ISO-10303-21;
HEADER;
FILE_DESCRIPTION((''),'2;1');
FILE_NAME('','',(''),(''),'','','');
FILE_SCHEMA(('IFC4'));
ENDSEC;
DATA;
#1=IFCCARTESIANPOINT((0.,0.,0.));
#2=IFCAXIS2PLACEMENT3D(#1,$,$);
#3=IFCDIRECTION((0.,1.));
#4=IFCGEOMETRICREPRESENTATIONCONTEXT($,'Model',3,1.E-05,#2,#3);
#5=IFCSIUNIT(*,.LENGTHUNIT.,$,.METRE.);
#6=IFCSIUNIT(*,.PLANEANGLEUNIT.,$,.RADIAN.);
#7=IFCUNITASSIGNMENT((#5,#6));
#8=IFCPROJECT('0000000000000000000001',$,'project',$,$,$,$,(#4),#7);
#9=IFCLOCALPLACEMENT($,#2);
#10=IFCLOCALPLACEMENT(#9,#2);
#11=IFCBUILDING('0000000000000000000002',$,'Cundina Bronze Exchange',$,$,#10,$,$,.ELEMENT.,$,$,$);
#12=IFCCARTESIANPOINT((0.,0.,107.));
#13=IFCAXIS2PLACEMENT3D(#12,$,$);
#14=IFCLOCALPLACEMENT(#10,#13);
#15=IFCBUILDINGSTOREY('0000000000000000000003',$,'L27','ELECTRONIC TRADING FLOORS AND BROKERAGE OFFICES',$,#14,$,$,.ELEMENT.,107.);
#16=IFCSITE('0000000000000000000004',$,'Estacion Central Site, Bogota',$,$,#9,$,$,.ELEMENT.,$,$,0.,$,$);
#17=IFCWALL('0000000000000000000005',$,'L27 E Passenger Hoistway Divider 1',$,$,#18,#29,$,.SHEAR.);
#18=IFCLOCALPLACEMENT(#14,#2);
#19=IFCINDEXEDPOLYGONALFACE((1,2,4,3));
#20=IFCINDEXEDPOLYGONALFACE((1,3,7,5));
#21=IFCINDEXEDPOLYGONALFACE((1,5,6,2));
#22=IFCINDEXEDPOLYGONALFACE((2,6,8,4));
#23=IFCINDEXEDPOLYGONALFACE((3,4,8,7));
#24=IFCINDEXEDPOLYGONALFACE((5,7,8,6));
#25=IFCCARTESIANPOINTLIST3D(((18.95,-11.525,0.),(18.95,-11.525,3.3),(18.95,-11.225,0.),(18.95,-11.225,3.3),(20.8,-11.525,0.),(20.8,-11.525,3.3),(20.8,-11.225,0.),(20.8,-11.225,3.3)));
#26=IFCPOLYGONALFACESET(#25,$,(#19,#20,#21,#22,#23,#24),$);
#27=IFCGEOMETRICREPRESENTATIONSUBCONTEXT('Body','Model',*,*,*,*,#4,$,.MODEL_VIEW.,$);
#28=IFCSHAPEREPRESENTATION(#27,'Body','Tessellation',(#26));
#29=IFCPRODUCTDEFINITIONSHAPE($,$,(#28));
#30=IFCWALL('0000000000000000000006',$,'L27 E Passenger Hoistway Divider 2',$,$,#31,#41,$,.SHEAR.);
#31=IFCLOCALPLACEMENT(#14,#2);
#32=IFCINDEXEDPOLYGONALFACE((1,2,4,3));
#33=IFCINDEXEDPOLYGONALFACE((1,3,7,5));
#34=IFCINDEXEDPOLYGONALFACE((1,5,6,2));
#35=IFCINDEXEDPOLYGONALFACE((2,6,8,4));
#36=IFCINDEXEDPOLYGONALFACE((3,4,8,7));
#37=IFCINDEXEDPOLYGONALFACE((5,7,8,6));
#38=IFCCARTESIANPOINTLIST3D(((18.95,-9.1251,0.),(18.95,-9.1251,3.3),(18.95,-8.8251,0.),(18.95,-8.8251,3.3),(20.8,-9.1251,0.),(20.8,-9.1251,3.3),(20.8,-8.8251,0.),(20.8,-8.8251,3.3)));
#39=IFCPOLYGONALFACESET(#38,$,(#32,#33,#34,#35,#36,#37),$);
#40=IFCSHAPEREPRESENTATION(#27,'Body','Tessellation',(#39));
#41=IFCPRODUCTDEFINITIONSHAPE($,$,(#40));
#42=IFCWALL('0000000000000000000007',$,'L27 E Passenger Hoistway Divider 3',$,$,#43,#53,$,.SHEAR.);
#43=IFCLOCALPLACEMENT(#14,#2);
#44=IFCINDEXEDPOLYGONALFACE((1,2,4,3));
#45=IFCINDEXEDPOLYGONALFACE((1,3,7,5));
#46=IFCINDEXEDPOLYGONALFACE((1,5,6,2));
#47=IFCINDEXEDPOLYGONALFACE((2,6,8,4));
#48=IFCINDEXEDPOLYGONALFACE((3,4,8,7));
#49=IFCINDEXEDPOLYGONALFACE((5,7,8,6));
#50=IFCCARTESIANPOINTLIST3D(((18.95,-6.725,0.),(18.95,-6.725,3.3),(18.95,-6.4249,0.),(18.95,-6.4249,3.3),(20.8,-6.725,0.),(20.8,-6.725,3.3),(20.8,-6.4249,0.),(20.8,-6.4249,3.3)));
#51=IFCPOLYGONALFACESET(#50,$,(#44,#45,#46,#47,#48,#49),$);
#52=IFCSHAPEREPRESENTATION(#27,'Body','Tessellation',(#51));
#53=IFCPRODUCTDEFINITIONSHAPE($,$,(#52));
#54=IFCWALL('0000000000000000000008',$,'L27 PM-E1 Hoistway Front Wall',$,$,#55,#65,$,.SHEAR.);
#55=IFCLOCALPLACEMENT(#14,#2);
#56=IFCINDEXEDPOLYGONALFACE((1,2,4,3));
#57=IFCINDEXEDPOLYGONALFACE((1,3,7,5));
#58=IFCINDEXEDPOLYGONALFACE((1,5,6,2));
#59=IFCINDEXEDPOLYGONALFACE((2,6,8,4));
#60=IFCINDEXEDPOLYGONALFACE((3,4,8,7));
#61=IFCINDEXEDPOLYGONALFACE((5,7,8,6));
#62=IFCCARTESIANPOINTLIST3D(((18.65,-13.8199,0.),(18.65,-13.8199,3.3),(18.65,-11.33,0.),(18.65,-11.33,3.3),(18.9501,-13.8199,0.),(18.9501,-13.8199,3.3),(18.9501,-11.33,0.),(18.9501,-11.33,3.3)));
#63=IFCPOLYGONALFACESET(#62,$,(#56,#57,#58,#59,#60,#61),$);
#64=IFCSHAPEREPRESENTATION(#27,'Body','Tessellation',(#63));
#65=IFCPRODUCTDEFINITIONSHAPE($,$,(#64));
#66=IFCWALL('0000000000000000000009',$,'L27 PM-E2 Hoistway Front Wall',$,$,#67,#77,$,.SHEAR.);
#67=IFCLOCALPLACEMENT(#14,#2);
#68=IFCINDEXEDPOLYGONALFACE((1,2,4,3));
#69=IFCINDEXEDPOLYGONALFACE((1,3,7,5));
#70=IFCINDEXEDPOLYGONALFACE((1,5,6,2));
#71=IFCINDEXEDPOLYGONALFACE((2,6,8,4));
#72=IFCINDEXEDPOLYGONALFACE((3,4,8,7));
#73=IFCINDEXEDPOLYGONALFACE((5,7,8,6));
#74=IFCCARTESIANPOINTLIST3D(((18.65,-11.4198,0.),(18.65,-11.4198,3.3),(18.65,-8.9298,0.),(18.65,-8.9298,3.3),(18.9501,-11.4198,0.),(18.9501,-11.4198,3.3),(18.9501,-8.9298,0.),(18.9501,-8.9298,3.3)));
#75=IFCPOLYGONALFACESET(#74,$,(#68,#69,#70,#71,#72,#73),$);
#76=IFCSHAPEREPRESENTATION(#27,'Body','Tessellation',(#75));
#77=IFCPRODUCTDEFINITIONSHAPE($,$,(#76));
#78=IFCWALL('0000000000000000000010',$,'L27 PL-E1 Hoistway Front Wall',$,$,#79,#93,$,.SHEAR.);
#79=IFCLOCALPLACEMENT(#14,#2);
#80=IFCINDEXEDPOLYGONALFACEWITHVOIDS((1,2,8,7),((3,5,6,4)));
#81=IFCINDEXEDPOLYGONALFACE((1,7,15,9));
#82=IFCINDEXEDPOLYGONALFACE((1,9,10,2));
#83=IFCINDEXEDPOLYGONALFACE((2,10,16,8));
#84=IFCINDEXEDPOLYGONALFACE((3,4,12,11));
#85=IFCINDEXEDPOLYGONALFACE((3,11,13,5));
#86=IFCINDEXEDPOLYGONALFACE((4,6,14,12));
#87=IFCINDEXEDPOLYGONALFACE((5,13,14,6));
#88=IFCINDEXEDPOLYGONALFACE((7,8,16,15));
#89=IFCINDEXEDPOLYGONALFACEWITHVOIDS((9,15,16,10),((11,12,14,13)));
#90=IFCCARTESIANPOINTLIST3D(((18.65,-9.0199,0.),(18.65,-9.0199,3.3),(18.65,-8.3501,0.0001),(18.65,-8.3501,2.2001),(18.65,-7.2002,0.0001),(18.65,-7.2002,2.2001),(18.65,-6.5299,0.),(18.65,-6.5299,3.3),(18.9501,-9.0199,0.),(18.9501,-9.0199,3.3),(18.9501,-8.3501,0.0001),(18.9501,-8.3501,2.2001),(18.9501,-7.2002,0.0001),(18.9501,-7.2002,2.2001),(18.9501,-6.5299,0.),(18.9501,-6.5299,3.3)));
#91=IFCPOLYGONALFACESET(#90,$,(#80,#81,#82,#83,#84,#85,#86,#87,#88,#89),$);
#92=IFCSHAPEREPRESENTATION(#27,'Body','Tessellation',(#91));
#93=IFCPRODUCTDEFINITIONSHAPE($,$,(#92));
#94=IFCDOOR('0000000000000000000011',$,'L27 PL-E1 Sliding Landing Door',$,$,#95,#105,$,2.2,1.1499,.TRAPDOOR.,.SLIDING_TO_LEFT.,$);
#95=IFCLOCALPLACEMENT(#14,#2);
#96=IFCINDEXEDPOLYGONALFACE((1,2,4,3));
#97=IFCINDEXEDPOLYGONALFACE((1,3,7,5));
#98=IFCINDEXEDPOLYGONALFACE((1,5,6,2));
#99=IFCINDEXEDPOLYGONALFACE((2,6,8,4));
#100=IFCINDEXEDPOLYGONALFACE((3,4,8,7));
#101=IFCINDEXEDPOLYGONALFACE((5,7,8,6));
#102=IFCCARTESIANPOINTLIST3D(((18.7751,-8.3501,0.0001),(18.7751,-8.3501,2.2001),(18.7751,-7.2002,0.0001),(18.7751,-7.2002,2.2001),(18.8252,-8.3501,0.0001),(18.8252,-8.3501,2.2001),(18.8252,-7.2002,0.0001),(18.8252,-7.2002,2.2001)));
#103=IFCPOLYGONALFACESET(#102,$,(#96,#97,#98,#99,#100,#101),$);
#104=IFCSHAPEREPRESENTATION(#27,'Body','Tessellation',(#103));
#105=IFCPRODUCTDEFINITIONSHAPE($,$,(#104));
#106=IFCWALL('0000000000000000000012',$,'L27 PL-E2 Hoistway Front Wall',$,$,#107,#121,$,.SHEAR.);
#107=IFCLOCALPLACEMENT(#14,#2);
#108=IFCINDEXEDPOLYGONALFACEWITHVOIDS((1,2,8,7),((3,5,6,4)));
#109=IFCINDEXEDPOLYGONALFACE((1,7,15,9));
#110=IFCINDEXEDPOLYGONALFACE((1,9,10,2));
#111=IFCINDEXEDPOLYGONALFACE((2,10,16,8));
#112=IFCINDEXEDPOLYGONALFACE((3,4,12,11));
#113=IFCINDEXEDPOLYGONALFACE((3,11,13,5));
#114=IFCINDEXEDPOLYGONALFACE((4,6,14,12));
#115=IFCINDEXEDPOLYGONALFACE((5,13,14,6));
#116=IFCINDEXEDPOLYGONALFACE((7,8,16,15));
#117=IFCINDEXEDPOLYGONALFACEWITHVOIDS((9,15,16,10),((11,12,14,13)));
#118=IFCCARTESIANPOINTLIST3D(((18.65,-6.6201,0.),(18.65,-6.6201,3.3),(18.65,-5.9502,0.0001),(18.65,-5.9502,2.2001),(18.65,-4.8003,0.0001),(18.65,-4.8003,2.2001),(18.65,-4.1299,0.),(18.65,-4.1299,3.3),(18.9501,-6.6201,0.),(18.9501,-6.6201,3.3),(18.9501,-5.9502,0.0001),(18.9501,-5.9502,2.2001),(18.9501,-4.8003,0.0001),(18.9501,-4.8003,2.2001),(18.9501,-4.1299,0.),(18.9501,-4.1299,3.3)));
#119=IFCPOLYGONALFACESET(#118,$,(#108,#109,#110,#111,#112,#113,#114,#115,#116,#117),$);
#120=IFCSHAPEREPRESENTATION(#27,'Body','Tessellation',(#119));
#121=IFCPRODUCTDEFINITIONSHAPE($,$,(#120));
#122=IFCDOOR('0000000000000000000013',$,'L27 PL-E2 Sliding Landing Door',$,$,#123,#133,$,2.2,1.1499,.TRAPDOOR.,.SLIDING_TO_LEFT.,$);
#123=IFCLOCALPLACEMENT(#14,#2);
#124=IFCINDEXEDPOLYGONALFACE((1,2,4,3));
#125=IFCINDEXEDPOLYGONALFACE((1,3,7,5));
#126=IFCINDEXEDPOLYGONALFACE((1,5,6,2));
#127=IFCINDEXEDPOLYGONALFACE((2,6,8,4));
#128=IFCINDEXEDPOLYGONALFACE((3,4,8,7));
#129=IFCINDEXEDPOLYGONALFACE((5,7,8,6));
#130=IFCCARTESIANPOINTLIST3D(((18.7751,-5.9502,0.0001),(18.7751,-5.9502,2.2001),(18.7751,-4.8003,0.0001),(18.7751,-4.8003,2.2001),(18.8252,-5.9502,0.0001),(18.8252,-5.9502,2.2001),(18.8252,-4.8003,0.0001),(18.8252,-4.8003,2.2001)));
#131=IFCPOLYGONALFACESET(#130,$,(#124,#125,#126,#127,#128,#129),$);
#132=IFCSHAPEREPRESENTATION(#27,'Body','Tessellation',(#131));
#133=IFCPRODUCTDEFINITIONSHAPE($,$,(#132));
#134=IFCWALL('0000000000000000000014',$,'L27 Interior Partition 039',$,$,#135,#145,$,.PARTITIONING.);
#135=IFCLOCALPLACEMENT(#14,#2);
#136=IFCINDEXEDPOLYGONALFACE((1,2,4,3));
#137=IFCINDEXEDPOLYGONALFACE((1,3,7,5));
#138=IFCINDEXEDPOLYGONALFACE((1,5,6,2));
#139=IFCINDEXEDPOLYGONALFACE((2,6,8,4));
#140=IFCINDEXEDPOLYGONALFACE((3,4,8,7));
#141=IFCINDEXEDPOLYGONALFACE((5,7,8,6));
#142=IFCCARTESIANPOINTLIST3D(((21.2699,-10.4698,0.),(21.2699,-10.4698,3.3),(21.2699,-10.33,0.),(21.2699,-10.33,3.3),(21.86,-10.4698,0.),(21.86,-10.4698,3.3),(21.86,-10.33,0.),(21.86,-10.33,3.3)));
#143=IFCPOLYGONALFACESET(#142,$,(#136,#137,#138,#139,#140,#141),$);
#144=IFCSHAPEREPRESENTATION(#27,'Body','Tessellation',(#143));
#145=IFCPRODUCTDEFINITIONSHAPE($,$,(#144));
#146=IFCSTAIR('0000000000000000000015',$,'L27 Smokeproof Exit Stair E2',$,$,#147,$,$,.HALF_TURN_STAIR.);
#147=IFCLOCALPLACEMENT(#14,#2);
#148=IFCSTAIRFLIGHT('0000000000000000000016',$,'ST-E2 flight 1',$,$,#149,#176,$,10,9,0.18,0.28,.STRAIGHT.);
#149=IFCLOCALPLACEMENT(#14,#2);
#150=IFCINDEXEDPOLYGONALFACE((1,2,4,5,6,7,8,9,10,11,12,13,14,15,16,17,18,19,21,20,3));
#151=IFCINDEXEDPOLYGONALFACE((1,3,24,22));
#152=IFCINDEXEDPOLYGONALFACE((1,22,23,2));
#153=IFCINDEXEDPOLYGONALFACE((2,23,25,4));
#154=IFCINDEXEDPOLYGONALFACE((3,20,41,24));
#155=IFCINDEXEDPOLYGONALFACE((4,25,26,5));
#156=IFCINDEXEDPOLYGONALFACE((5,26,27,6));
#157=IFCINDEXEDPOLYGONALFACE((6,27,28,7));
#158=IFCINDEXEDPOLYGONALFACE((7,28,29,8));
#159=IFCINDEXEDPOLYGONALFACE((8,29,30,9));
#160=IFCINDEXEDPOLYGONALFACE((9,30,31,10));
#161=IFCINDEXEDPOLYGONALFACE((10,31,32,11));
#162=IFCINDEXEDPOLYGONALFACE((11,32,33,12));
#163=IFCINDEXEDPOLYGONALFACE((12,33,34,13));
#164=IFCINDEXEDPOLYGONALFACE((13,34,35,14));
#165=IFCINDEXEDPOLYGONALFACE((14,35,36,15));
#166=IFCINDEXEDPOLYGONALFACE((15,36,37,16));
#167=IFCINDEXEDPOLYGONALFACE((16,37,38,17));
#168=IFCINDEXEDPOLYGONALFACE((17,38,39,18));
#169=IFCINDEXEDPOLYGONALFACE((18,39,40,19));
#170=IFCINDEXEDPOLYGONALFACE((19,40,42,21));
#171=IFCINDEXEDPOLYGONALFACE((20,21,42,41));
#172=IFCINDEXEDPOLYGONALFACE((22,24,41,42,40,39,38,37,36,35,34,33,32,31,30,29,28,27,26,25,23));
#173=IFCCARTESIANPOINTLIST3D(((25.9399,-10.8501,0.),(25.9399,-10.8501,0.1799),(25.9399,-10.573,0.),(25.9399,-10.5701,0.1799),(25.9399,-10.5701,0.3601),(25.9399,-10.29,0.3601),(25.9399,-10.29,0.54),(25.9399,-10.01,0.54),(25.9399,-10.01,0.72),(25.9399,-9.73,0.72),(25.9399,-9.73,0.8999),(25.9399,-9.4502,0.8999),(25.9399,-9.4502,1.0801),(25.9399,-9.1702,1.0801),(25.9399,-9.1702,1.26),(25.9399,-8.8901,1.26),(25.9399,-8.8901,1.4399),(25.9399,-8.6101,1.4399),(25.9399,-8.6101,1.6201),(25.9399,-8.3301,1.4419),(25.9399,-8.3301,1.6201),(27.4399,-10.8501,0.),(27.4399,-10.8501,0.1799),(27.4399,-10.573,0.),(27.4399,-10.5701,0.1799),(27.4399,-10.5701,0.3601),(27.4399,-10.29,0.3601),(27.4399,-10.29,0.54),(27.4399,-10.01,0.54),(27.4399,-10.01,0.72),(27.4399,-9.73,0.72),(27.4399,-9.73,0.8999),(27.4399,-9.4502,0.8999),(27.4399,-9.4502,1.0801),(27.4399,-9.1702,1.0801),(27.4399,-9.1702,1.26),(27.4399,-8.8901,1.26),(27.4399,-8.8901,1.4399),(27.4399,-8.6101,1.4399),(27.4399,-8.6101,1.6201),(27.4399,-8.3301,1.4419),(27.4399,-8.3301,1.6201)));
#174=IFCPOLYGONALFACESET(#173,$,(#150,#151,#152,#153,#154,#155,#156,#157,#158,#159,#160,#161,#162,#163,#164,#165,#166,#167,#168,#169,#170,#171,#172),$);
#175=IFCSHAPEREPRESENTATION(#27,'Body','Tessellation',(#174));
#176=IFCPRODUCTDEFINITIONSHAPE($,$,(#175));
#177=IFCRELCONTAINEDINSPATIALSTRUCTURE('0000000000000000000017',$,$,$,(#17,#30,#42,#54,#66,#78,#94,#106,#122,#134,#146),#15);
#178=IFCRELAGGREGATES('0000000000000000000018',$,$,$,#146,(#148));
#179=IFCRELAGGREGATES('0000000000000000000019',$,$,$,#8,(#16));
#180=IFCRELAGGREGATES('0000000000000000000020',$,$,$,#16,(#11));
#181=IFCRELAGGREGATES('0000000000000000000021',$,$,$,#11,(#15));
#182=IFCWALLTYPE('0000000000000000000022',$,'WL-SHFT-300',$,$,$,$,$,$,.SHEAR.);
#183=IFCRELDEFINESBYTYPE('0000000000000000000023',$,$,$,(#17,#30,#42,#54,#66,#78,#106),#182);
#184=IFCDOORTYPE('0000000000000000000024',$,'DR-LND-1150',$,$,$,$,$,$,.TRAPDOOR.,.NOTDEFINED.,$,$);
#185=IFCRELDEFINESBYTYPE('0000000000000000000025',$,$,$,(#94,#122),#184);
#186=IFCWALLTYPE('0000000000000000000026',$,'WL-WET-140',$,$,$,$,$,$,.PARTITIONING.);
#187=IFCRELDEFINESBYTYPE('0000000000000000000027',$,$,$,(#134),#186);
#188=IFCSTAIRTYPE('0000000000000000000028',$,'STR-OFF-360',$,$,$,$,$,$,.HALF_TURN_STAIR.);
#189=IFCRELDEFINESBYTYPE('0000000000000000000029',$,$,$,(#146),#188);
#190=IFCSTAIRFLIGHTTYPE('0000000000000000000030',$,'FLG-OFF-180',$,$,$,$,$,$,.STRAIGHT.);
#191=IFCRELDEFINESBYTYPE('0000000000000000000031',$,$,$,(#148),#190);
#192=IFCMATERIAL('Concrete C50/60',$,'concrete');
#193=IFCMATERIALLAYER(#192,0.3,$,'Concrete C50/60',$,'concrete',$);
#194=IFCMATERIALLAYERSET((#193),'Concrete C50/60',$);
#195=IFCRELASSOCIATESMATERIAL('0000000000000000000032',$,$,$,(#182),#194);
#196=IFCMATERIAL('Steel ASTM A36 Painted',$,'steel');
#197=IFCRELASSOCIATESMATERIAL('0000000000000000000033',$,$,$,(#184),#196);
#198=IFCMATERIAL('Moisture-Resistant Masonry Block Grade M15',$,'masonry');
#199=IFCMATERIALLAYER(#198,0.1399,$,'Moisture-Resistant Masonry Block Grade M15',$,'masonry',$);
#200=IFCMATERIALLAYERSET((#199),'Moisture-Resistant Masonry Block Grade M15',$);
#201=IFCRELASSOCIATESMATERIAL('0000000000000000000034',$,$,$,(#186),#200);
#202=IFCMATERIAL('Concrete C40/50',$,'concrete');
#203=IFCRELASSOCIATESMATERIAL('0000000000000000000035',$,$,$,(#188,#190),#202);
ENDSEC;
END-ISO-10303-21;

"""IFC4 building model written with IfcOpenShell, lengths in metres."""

from ifc_helpers import new_model, si_unit, direction, frame, frame_2d, origin, place, context, subcontext, project, spatial, polyline, rectangle, outline, extrude, material, layer, layer_set, type_object, element, fill, aggregate, save


model = new_model("IFC4")

# Units and contexts
model_context = context("Model", 3, precision=1e-05, world=origin(), true_north=direction((0.0, 1.0)))
body_context = subcontext(model_context, "Body", "Model", "MODEL_VIEW")
ifc_project = project(units=[si_unit("LENGTHUNIT", "METRE"), si_unit("PLANEANGLEUNIT", "RADIAN")], contexts=[model_context])

# Site, building, storey
site_placement = place(None, origin())
site = spatial("IfcSite", under=ifc_project, at=site_placement, Name="Estacion Central Site, Bogota", CompositionType="ELEMENT", RefElevation=0.0)
building_placement = place(site_placement, origin())
building = spatial("IfcBuilding", under=site, at=building_placement, Name="Cundina Bronze Exchange", CompositionType="ELEMENT")
storey_placement = place(building_placement, frame((0.0, 0.0, 107.0)))
storey = spatial("IfcBuildingStorey", under=building, at=storey_placement, Name="L27", Description="ELECTRONIC TRADING FLOORS AND BROKERAGE OFFICES", CompositionType="ELEMENT", Elevation=107.0)

# Shared definitions
ifc_material_1 = material(Name="Concrete C50/60", Category="concrete")
ifc_layer_1 = layer(ifc_material_1, 0.3, Name="Concrete C50/60", Category="concrete")
ifc_layer_set_1 = layer_set([ifc_layer_1], Name="Concrete C50/60")
wall_type_1 = type_object("IfcWallType", Name="WL-SHFT-300", PredefinedType="SHEAR", material=ifc_layer_set_1)

# Shared definitions
ifc_material_2 = material(Name="Steel ASTM A36 Painted", Category="steel")
door_type_1 = type_object("IfcDoorType", Name="DR-LND-1150", OperationType="NOTDEFINED", PredefinedType="TRAPDOOR", material=ifc_material_2)

# Walls
for number, where, z_axis, x_axis, name in (
    (1, (18.95, -11.375, 0.0), (0.0, 0.0, 1.0), (1.0, 0.0, 0.0), "L27 E Passenger Hoistway Divider 1"),
    (2, (18.95, -8.9751, 0.0), (0.0, 0.0, 1.0), (1.0, 0.0, 0.0), "L27 E Passenger Hoistway Divider 2"),
    (3, (18.95, -6.575, 0.0), (0.0, 0.0, 1.0), (1.0, 0.0, 0.0), "L27 E Passenger Hoistway Divider 3"),
):
    element("IfcWall", number, at=place(storey_placement, frame(where, z_axis=z_axis, x_axis=x_axis)), inside=storey, type_object=wall_type_1, Name=name, PredefinedType="SHEAR", context=body_context, shape_type="SweptSolid", body=[
        extrude(rectangle(XDim=1.8501, YDim=0.3, at=frame_2d((0.925, 0.0))), origin(), (0.0, 0.0, 1.0), 3.3),
    ])
for number, where, z_axis, x_axis, name in (
    (4, (18.8, -13.8201, 0.0), (0.0, 0.0, 1.0), (0.0, 1.0, 0.0), "L27 PM-E1 Hoistway Front Wall"),
    (5, (18.8, -11.4199, 0.0), (0.0, 0.0, 1.0), (0.0, 1.0, 0.0), "L27 PM-E2 Hoistway Front Wall"),
):
    element("IfcWall", number, at=place(storey_placement, frame(where, z_axis=z_axis, x_axis=x_axis)), inside=storey, type_object=wall_type_1, Name=name, PredefinedType="SHEAR", context=body_context, shape_type="SweptSolid", body=[
        extrude(rectangle(XDim=2.49, YDim=0.3, at=frame_2d((1.2451, 0.0))), origin(), (0.0, 0.0, 1.0), 3.3),
    ])

# Walls, openings, doors
wall_1_placement = place(storey_placement, frame((18.8, -9.02, 0.0), z_axis=(0.0, 0.0, 1.0), x_axis=(0.0, 1.0, 0.0)))
wall_1 = element("IfcWall", 6, at=wall_1_placement, inside=storey, type_object=wall_type_1, Name="L27 PL-E1 Hoistway Front Wall", PredefinedType="SHEAR", context=body_context, shape_type="SweptSolid", body=[
    extrude(rectangle(XDim=2.49, YDim=0.3, at=frame_2d((1.2451, 0.0))), origin(), (0.0, 0.0, 1.0), 3.3),
])
opening_1_placement = place(wall_1_placement, frame((0.6699, 0.0, 0.0)))
opening_1 = element("IfcOpeningElement", 7, at=opening_1_placement, cuts=wall_1, PredefinedType="OPENING", context=body_context, shape_type="SweptSolid", body=[
    extrude(rectangle(XDim=1.1499, YDim=2.2, at=frame_2d((0.575, 1.1001))), frame((0.0, 0.1599, 0.0), z_axis=(0.0, -1.0, 0.0), x_axis=(1.0, 0.0, 0.0)), (0.0, 0.0, 1.0), 0.3201),
])
door_1_placement = place(opening_1_placement, origin())
door_1 = element("IfcDoor", 8, at=door_1_placement, inside=storey, type_object=door_type_1, Name="L27 PL-E1 Sliding Landing Door", OperationType="SLIDING_TO_LEFT", OverallHeight=2.2, OverallWidth=1.1499, PredefinedType="TRAPDOOR", context=body_context, shape_type="SweptSolid", body=[
    extrude(rectangle(XDim=1.1499, YDim=2.2, at=frame_2d((0.575, 1.1001))), frame((0.0, 0.0249, 0.0), z_axis=(0.0, -1.0, 0.0), x_axis=(1.0, 0.0, 0.0)), (0.0, 0.0, 1.0), 0.05),
])
fill(opening_1, door_1)
wall_2_placement = place(storey_placement, frame((18.8, -6.6201, 0.0), z_axis=(0.0, 0.0, 1.0), x_axis=(0.0, 1.0, 0.0)))
wall_2 = element("IfcWall", 9, at=wall_2_placement, inside=storey, type_object=wall_type_1, Name="L27 PL-E2 Hoistway Front Wall", PredefinedType="SHEAR", context=body_context, shape_type="SweptSolid", body=[
    extrude(rectangle(XDim=2.4902, YDim=0.3, at=frame_2d((1.2451, 0.0))), origin(), (0.0, 0.0, 1.0), 3.3),
])
opening_2_placement = place(wall_2_placement, frame((0.6699, 0.0, 0.0)))
opening_2 = element("IfcOpeningElement", 10, at=opening_2_placement, cuts=wall_2, PredefinedType="OPENING", context=body_context, shape_type="SweptSolid", body=[
    extrude(rectangle(XDim=1.1499, YDim=2.2, at=frame_2d((0.575, 1.1001))), frame((0.0, 0.1599, 0.0), z_axis=(0.0, -1.0, 0.0), x_axis=(1.0, 0.0, 0.0)), (0.0, 0.0, 1.0), 0.3201),
])
door_2_placement = place(opening_2_placement, origin())
door_2 = element("IfcDoor", 11, at=door_2_placement, inside=storey, type_object=door_type_1, Name="L27 PL-E2 Sliding Landing Door", OperationType="SLIDING_TO_LEFT", OverallHeight=2.2, OverallWidth=1.1499, PredefinedType="TRAPDOOR", context=body_context, shape_type="SweptSolid", body=[
    extrude(rectangle(XDim=1.1499, YDim=2.2, at=frame_2d((0.575, 1.1001))), frame((0.0, 0.0249, 0.0), z_axis=(0.0, -1.0, 0.0), x_axis=(1.0, 0.0, 0.0)), (0.0, 0.0, 1.0), 0.05),
])
fill(opening_2, door_2)

# Wall
ifc_material_3 = material(Name="Moisture-Resistant Masonry Block Grade M15", Category="masonry")
ifc_layer_2 = layer(ifc_material_3, 0.1399, Name="Moisture-Resistant Masonry Block Grade M15", Category="masonry")
ifc_layer_set_2 = layer_set([ifc_layer_2], Name="Moisture-Resistant Masonry Block Grade M15")
wall_type_2 = type_object("IfcWallType", Name="WL-WET-140", PredefinedType="PARTITIONING", material=ifc_layer_set_2)
wall_3_placement = place(storey_placement, frame((21.27, -10.3999, 0.0), z_axis=(0.0, 0.0, 1.0), x_axis=(1.0, 0.0, 0.0)))
element("IfcWall", 12, at=wall_3_placement, inside=storey, type_object=wall_type_2, Name="L27 Interior Partition 039", PredefinedType="PARTITIONING", context=body_context, shape_type="SweptSolid", body=[
    extrude(rectangle(XDim=0.5901, YDim=0.1399, at=frame_2d((0.2949, 0.0))), origin(), (0.0, 0.0, 1.0), 3.3),
])

# Stair, stair flight
ifc_material_4 = material(Name="Concrete C40/50", Category="concrete")
stair_type = type_object("IfcStairType", Name="STR-OFF-360", PredefinedType="HALF_TURN_STAIR", material=ifc_material_4)
stair_placement = place(storey_placement, origin())
stair = element("IfcStair", 13, at=stair_placement, inside=storey, type_object=stair_type, Name="L27 Smokeproof Exit Stair E2", PredefinedType="HALF_TURN_STAIR")
stair_flight_type = type_object("IfcStairFlightType", Name="FLG-OFF-180", PredefinedType="STRAIGHT", material=ifc_material_4)
stair_flight_1_placement = place(storey_placement, frame((26.6899, -10.8501, 0.0), z_axis=(0.0, 0.0, 1.0), x_axis=(0.0, 1.0, 0.0)))
stair_flight_1 = element("IfcStairFlight", 14, at=stair_flight_1_placement, type_object=stair_flight_type, Name="ST-E2 flight 1", NumberOfRisers=10, NumberOfTreads=9, PredefinedType="STRAIGHT", RiserHeight=0.18, TreadLength=0.28, context=body_context, shape_type="SweptSolid", body=[
    extrude(outline(polyline([(0.0, 0.0), (0.0, 0.1799), (0.28, 0.1799), (0.28, 0.3601), (0.5601, 0.3601), (0.5601, 0.54), (0.8401, 0.54), (0.8401, 0.72), (1.1201, 0.72), (1.1201, 0.8999), (1.3999, 0.8999), (1.3999, 1.0801), (1.6799, 1.0801), (1.6799, 1.26), (1.96, 1.26), (1.96, 1.4399), (2.24, 1.4399), (2.24, 1.6201), (2.52, 1.6201), (2.52, 1.8), (2.52, 1.4419), (0.2771, 0.0), (0.0, 0.0)])), frame((0.0, 0.75, 0.0), z_axis=(0.0, -1.0, 0.0), x_axis=(1.0, 0.0, 0.0)), (0.0, 0.0, 1.0), 1.5),
])
aggregate(stair, [stair_flight_1])

save(model, "model.ifc")
